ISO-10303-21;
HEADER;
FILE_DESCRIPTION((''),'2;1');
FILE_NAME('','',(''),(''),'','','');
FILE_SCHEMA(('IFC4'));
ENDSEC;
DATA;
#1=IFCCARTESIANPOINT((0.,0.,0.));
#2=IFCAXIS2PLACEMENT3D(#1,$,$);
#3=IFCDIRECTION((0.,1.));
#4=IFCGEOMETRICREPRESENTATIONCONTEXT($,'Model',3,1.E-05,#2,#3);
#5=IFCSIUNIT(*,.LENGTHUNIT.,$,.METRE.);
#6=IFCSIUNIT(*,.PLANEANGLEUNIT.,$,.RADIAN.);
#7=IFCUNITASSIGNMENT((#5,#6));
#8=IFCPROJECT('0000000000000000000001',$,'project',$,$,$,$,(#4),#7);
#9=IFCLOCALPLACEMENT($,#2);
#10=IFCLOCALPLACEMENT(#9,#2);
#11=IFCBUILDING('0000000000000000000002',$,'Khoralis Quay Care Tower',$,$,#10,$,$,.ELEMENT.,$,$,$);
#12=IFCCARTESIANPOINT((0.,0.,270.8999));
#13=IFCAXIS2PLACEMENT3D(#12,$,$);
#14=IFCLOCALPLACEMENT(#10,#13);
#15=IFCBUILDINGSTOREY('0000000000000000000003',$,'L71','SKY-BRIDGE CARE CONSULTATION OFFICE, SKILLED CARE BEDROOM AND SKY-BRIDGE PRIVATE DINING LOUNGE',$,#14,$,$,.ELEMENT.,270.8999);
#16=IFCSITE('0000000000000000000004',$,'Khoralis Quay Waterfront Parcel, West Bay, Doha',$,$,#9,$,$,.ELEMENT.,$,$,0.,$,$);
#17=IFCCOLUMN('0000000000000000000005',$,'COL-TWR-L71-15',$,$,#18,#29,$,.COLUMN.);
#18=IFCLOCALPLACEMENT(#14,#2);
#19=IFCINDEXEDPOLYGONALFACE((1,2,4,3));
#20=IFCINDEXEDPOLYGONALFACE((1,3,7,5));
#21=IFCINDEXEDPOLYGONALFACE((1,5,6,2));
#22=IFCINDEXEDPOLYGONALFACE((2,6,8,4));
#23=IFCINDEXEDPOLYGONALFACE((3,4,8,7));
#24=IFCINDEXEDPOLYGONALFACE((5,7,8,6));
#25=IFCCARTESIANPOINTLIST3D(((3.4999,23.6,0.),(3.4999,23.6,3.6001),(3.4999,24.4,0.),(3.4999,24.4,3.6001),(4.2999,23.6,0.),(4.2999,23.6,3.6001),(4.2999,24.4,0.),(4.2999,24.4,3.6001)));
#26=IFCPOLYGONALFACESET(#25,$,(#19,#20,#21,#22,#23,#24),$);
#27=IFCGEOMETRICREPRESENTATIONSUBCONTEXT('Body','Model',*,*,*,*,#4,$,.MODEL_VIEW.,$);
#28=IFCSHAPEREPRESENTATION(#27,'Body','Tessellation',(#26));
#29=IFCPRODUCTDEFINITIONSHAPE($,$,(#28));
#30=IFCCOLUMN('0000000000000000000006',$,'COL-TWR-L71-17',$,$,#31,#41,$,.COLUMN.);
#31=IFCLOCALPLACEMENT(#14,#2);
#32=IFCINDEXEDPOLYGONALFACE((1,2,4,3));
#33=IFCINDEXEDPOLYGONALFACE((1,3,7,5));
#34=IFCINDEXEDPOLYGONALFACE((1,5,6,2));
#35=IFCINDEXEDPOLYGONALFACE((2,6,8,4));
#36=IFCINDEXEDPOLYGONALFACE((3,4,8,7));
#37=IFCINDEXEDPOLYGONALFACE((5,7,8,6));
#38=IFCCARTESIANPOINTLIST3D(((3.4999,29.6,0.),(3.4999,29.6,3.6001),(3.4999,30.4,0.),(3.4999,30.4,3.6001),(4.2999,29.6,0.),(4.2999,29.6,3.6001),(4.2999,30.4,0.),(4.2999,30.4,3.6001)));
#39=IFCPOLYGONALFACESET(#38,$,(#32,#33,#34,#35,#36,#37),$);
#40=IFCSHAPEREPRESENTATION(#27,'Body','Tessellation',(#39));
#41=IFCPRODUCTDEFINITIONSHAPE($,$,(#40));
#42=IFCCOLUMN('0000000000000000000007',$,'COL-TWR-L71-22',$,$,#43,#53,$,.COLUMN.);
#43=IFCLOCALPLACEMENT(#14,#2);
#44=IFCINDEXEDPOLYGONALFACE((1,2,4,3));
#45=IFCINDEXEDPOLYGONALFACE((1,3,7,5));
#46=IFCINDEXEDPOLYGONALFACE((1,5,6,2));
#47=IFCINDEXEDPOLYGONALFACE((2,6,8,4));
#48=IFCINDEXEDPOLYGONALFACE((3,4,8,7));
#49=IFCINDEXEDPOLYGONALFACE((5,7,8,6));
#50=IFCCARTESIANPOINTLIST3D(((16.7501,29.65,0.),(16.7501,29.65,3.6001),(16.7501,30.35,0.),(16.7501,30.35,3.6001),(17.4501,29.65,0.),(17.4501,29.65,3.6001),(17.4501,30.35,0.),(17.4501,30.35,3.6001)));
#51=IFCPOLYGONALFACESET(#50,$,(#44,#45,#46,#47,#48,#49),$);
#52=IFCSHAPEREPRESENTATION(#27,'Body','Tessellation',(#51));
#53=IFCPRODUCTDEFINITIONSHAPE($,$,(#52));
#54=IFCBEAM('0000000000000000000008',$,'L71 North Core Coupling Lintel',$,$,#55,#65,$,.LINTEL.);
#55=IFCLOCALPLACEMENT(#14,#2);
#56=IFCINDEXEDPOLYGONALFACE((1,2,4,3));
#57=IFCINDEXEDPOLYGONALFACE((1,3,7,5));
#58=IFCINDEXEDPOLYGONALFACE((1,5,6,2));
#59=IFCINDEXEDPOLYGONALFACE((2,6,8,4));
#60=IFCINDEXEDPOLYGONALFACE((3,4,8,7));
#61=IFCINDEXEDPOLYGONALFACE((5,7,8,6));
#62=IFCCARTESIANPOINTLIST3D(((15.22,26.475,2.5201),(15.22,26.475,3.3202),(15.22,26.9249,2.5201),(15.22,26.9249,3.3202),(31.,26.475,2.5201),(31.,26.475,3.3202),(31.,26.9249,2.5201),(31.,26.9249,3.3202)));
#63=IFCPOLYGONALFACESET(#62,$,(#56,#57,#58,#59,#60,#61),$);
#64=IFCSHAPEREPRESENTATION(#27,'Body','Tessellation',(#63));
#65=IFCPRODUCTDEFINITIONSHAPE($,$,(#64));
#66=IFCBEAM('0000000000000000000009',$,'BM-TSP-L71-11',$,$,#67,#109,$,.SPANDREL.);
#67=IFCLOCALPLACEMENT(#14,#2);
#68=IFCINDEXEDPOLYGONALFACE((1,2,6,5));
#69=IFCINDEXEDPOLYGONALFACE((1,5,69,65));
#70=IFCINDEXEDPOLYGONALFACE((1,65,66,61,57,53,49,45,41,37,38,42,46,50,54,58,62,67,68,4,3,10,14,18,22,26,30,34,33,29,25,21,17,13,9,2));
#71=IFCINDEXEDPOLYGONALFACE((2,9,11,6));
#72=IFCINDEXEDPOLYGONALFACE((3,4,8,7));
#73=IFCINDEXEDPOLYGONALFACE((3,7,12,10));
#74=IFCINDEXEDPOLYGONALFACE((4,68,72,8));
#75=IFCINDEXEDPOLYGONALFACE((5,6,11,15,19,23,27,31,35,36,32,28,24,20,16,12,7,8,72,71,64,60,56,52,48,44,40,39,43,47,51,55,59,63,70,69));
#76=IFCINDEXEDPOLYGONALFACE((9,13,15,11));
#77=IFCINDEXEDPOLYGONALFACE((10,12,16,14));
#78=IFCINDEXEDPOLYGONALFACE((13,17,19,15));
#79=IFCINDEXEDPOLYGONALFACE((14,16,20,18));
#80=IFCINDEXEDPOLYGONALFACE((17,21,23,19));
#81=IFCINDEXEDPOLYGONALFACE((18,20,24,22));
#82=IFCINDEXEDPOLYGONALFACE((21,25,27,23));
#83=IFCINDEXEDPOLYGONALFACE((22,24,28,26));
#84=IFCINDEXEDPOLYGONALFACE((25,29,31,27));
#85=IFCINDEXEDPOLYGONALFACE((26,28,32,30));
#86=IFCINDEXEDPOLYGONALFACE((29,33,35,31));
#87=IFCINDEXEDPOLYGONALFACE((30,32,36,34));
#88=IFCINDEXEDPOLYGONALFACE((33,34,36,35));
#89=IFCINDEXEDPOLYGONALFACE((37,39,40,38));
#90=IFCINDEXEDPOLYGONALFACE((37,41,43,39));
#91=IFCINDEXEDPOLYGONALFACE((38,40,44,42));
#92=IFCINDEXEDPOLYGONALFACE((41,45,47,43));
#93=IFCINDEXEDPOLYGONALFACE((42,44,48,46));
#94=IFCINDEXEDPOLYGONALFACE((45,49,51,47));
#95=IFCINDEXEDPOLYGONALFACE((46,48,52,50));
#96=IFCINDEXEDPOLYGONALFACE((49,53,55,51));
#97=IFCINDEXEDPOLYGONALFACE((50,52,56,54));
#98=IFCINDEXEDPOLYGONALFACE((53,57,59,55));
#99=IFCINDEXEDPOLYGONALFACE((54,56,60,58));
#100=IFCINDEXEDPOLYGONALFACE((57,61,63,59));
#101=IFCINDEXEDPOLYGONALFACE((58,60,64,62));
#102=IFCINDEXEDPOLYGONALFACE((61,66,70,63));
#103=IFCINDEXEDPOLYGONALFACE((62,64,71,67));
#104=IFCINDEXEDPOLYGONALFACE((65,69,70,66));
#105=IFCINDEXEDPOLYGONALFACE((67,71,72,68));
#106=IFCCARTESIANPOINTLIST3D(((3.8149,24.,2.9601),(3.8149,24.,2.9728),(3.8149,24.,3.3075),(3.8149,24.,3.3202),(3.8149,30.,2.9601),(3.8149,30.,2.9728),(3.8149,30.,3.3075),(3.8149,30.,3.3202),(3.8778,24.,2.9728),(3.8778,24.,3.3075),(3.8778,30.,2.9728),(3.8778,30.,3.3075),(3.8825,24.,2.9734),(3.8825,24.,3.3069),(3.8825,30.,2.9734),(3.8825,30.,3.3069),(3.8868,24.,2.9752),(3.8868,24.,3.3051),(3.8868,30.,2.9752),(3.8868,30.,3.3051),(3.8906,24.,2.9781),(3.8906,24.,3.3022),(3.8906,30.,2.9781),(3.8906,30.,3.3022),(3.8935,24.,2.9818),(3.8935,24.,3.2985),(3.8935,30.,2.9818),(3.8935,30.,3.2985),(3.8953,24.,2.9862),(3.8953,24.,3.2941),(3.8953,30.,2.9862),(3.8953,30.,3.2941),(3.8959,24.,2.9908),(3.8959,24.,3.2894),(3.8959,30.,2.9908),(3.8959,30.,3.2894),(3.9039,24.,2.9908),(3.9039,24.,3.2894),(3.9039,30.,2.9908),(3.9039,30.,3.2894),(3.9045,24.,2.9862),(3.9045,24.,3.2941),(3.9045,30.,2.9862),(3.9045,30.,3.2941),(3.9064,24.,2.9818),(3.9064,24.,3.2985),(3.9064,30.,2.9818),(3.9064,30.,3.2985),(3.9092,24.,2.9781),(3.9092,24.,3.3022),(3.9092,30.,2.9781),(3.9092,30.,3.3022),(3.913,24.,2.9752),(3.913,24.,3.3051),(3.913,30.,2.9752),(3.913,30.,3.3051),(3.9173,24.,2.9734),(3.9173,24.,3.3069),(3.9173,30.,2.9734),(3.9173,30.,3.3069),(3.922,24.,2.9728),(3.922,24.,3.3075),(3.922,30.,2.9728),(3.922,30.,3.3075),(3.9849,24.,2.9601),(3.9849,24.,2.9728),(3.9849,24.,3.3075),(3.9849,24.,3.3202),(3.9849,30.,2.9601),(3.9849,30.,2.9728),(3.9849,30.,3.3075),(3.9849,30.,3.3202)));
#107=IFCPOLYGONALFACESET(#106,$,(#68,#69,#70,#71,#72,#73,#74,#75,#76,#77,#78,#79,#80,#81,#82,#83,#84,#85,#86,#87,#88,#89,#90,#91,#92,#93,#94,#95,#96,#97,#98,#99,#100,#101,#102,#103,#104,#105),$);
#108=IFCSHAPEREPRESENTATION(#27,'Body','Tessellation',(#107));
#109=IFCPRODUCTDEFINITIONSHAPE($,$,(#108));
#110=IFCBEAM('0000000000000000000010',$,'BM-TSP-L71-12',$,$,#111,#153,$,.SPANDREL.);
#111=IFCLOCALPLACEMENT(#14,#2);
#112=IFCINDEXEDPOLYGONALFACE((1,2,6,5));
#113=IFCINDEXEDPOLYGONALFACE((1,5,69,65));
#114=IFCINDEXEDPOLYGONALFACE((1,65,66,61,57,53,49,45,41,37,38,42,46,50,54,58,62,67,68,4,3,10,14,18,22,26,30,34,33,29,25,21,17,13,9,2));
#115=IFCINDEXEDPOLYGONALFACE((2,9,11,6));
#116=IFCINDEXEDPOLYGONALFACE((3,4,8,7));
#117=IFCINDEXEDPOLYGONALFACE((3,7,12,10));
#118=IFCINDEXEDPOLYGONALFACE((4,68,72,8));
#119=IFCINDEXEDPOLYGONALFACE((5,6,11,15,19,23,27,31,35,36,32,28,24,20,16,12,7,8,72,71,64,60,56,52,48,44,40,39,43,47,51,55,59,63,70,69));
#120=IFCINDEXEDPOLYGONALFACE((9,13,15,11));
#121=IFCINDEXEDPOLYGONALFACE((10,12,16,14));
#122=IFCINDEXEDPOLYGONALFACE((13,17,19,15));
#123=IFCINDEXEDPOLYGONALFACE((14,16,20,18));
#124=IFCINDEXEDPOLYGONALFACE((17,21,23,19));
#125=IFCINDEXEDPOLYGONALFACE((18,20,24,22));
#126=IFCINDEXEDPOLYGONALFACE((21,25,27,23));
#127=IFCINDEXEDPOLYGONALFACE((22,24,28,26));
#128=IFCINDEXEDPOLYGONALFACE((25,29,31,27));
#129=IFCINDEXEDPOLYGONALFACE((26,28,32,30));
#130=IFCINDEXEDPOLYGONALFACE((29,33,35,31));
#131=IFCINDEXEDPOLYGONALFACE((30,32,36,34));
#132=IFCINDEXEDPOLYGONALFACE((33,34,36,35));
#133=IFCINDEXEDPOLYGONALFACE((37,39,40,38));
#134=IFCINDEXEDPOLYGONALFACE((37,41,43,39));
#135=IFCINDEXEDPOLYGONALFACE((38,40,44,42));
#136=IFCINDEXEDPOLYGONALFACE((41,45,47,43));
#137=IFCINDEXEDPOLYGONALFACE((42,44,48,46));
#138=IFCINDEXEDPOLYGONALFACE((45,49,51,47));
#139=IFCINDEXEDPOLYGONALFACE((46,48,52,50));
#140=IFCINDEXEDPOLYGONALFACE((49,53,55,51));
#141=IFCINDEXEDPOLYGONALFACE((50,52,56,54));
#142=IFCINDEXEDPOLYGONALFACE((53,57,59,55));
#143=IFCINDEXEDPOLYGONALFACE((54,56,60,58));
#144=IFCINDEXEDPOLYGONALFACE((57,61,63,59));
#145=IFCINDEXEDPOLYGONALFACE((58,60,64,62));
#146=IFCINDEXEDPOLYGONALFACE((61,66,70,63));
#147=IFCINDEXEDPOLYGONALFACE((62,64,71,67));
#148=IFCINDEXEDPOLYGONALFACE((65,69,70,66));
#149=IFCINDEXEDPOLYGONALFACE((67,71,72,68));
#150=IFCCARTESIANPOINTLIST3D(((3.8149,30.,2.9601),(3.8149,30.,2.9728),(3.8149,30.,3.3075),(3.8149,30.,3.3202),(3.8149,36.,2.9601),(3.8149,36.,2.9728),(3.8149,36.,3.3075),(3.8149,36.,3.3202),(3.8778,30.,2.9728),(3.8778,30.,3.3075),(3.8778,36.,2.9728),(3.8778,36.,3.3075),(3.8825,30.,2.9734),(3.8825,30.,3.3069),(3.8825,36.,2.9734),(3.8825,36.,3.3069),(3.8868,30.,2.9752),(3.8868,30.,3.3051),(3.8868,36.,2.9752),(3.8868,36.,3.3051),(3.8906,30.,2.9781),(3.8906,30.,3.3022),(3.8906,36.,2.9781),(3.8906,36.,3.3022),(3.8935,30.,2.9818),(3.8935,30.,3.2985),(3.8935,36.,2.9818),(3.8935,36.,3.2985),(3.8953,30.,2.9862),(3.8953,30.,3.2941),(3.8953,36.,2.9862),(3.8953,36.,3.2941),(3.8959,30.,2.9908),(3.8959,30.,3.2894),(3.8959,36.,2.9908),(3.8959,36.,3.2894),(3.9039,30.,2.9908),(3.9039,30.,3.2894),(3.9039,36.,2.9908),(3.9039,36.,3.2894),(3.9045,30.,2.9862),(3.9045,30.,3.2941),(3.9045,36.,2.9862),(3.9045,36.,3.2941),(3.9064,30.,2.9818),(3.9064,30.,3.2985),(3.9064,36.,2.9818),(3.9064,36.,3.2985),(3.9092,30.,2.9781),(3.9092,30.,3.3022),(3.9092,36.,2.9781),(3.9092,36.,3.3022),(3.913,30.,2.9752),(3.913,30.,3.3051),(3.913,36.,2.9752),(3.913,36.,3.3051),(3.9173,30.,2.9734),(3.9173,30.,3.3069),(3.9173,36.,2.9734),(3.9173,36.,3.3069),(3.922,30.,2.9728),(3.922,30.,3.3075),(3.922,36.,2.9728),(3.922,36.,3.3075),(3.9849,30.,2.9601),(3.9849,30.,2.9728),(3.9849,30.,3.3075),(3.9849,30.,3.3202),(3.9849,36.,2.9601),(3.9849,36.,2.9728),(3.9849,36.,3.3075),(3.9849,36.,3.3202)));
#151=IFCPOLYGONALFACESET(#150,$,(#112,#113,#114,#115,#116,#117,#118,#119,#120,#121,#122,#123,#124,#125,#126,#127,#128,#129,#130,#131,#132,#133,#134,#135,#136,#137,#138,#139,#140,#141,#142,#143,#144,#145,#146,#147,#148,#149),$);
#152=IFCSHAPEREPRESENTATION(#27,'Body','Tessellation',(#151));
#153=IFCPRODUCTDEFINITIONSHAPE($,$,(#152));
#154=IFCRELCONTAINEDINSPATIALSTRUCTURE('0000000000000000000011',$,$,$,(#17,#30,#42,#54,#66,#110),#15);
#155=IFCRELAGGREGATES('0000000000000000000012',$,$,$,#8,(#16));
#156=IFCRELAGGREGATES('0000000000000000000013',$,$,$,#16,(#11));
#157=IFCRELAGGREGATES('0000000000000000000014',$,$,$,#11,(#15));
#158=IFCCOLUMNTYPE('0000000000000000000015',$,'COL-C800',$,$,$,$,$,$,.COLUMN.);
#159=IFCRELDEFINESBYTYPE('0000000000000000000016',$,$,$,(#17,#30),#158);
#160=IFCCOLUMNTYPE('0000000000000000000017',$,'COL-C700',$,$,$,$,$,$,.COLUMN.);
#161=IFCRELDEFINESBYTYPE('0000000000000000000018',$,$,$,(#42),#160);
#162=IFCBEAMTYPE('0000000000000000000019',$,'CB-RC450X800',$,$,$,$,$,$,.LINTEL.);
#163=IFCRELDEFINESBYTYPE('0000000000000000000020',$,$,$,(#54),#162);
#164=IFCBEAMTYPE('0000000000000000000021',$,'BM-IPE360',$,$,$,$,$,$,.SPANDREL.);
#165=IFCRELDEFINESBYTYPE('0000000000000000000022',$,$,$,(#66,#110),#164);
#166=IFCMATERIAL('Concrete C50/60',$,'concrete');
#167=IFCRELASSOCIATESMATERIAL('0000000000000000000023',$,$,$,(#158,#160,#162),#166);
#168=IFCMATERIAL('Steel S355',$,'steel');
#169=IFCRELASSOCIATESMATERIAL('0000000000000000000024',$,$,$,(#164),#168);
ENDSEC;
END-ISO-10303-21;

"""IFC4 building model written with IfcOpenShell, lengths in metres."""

from ifc_helpers import new_model, si_unit, direction, frame, origin, origin_2d, place, context, subcontext, project, spatial, rectangle, i_section, extrude, source, transform, mapped, material, material_profile, profile_set, type_object, element, save


model = new_model("IFC4")

# Units and contexts
model_context = context("Model", 3, precision=1e-05, world=origin(), true_north=direction((0.0, 1.0)))
body_context = subcontext(model_context, "Body", "Model", "MODEL_VIEW")
ifc_project = project(units=[si_unit("LENGTHUNIT", "METRE"), si_unit("PLANEANGLEUNIT", "RADIAN")], contexts=[model_context])

# Site, building, storey
site_placement = place(None, origin())
site = spatial("IfcSite", under=ifc_project, at=site_placement, Name="Khoralis Quay Waterfront Parcel, West Bay, Doha", CompositionType="ELEMENT", RefElevation=0.0)
building_placement = place(site_placement, origin())
building = spatial("IfcBuilding", under=site, at=building_placement, Name="Khoralis Quay Care Tower", CompositionType="ELEMENT")
storey_placement = place(building_placement, frame((0.0, 0.0, 270.8999)))
storey = spatial("IfcBuildingStorey", under=building, at=storey_placement, Name="L71", Description="SKY-BRIDGE CARE CONSULTATION OFFICE, SKILLED CARE BEDROOM AND SKY-BRIDGE PRIVATE DINING LOUNGE", CompositionType="ELEMENT", Elevation=270.8999)

# Columns
ifc_material_1 = material(Name="Concrete C50/60", Category="concrete")
ifc_material_profile_1 = material_profile(ifc_material_1, rectangle(XDim=0.8, YDim=0.8, at=origin_2d()), Name="Concrete C50/60")
ifc_profile_set_1 = profile_set([ifc_material_profile_1], Name="Concrete C50/60")
column_type_1 = type_object("IfcColumnType", Name="COL-C800", PredefinedType="COLUMN", material=ifc_profile_set_1)
shared_shape_1 = source(origin(), body_context, "Body", "SweptSolid", [
    extrude(rectangle(XDim=0.8, YDim=0.8, at=origin_2d()), origin(), (0.0, 0.0, 1.0), 3.6001),
])
for number, where, z_axis, x_axis, name in (
    (1, (3.8999, 24.0, 0.0), (0.0, 0.0, 1.0), (1.0, 0.0, 0.0), "COL-TWR-L71-15"),
    (2, (3.8999, 30.0, 0.0), (0.0, 0.0, 1.0), (1.0, 0.0, 0.0), "COL-TWR-L71-17"),
):
    element("IfcColumn", number, at=place(storey_placement, frame(where, z_axis=z_axis, x_axis=x_axis)), inside=storey, type_object=column_type_1, Name=name, PredefinedType="COLUMN", context=body_context, shape_type="MappedRepresentation", body=[
        mapped(shared_shape_1, transform((0.0, 0.0, 0.0), scale=1.0)),
    ])
ifc_material_profile_2 = material_profile(ifc_material_1, rectangle(XDim=0.7, YDim=0.7, at=origin_2d()), Name="Concrete C50/60")
ifc_profile_set_2 = profile_set([ifc_material_profile_2], Name="Concrete C50/60")
column_type_2 = type_object("IfcColumnType", Name="COL-C700", PredefinedType="COLUMN", material=ifc_profile_set_2)
shared_shape_2 = source(origin(), body_context, "Body", "SweptSolid", [
    extrude(rectangle(XDim=0.7, YDim=0.7, at=origin_2d()), origin(), (0.0, 0.0, 1.0), 3.6001),
])
column_placement = place(storey_placement, frame((17.1001, 30.0, 0.0), z_axis=(0.0, 0.0, 1.0), x_axis=(1.0, 0.0, 0.0)))
element("IfcColumn", 3, at=column_placement, inside=storey, type_object=column_type_2, Name="COL-TWR-L71-22", PredefinedType="COLUMN", context=body_context, shape_type="MappedRepresentation", body=[
    mapped(shared_shape_2, transform((0.0, 0.0, 0.0), scale=1.0)),
])

# Beams
ifc_material_profile_3 = material_profile(ifc_material_1, rectangle(XDim=0.45, YDim=0.8, at=origin_2d()), Name="Concrete C50/60")
ifc_profile_set_3 = profile_set([ifc_material_profile_3], Name="Concrete C50/60")
beam_type_1 = type_object("IfcBeamType", Name="CB-RC450X800", PredefinedType="LINTEL", material=ifc_profile_set_3)
shared_shape_3 = source(origin(), body_context, "Body", "SweptSolid", [
    extrude(rectangle(XDim=0.45, YDim=0.8, at=origin_2d()), origin(), (0.0, 0.0, 1.0), 15.78),
])
beam_1_placement = place(storey_placement, frame((15.22, 26.7, 2.9202), z_axis=(1.0, 0.0, 0.0), x_axis=(0.0, 1.0, 0.0)))
element("IfcBeam", 4, at=beam_1_placement, inside=storey, type_object=beam_type_1, Name="L71 North Core Coupling Lintel", PredefinedType="LINTEL", context=body_context, shape_type="MappedRepresentation", body=[
    mapped(shared_shape_3, transform((0.0, 0.0, 0.0), scale=1.0)),
])
ifc_material_2 = material(Name="Steel S355", Category="steel")
ifc_material_profile_4 = material_profile(ifc_material_2, i_section(OverallWidth=0.1699, OverallDepth=0.3601, WebThickness=0.0081, FlangeThickness=0.0127, FilletRadius=0.0181, at=origin_2d()), Name="Steel S355")
ifc_profile_set_4 = profile_set([ifc_material_profile_4], Name="Steel S355")
beam_type_2 = type_object("IfcBeamType", Name="BM-IPE360", PredefinedType="SPANDREL", material=ifc_profile_set_4)
shared_shape_4 = source(origin(), body_context, "Body", "SweptSolid", [
    extrude(i_section(OverallWidth=0.1699, OverallDepth=0.3601, WebThickness=0.0081, FlangeThickness=0.0127, FilletRadius=0.0181, at=origin_2d()), origin(), (0.0, 0.0, 1.0), 6.0),
])
for number, where, z_axis, x_axis, name in (
    (5, (3.8999, 24.0, 3.1401), (0.0, 1.0, 0.0), (-1.0, 0.0, 0.0), "BM-TSP-L71-11"),
    (6, (3.8999, 30.0, 3.1401), (0.0, 1.0, 0.0), (-1.0, 0.0, 0.0), "BM-TSP-L71-12"),
):
    element("IfcBeam", number, at=place(storey_placement, frame(where, z_axis=z_axis, x_axis=x_axis)), inside=storey, type_object=beam_type_2, Name=name, PredefinedType="SPANDREL", context=body_context, shape_type="MappedRepresentation", body=[
        mapped(shared_shape_4, transform((0.0, 0.0, 0.0), scale=1.0)),
    ])

save(model, "model.ifc")
